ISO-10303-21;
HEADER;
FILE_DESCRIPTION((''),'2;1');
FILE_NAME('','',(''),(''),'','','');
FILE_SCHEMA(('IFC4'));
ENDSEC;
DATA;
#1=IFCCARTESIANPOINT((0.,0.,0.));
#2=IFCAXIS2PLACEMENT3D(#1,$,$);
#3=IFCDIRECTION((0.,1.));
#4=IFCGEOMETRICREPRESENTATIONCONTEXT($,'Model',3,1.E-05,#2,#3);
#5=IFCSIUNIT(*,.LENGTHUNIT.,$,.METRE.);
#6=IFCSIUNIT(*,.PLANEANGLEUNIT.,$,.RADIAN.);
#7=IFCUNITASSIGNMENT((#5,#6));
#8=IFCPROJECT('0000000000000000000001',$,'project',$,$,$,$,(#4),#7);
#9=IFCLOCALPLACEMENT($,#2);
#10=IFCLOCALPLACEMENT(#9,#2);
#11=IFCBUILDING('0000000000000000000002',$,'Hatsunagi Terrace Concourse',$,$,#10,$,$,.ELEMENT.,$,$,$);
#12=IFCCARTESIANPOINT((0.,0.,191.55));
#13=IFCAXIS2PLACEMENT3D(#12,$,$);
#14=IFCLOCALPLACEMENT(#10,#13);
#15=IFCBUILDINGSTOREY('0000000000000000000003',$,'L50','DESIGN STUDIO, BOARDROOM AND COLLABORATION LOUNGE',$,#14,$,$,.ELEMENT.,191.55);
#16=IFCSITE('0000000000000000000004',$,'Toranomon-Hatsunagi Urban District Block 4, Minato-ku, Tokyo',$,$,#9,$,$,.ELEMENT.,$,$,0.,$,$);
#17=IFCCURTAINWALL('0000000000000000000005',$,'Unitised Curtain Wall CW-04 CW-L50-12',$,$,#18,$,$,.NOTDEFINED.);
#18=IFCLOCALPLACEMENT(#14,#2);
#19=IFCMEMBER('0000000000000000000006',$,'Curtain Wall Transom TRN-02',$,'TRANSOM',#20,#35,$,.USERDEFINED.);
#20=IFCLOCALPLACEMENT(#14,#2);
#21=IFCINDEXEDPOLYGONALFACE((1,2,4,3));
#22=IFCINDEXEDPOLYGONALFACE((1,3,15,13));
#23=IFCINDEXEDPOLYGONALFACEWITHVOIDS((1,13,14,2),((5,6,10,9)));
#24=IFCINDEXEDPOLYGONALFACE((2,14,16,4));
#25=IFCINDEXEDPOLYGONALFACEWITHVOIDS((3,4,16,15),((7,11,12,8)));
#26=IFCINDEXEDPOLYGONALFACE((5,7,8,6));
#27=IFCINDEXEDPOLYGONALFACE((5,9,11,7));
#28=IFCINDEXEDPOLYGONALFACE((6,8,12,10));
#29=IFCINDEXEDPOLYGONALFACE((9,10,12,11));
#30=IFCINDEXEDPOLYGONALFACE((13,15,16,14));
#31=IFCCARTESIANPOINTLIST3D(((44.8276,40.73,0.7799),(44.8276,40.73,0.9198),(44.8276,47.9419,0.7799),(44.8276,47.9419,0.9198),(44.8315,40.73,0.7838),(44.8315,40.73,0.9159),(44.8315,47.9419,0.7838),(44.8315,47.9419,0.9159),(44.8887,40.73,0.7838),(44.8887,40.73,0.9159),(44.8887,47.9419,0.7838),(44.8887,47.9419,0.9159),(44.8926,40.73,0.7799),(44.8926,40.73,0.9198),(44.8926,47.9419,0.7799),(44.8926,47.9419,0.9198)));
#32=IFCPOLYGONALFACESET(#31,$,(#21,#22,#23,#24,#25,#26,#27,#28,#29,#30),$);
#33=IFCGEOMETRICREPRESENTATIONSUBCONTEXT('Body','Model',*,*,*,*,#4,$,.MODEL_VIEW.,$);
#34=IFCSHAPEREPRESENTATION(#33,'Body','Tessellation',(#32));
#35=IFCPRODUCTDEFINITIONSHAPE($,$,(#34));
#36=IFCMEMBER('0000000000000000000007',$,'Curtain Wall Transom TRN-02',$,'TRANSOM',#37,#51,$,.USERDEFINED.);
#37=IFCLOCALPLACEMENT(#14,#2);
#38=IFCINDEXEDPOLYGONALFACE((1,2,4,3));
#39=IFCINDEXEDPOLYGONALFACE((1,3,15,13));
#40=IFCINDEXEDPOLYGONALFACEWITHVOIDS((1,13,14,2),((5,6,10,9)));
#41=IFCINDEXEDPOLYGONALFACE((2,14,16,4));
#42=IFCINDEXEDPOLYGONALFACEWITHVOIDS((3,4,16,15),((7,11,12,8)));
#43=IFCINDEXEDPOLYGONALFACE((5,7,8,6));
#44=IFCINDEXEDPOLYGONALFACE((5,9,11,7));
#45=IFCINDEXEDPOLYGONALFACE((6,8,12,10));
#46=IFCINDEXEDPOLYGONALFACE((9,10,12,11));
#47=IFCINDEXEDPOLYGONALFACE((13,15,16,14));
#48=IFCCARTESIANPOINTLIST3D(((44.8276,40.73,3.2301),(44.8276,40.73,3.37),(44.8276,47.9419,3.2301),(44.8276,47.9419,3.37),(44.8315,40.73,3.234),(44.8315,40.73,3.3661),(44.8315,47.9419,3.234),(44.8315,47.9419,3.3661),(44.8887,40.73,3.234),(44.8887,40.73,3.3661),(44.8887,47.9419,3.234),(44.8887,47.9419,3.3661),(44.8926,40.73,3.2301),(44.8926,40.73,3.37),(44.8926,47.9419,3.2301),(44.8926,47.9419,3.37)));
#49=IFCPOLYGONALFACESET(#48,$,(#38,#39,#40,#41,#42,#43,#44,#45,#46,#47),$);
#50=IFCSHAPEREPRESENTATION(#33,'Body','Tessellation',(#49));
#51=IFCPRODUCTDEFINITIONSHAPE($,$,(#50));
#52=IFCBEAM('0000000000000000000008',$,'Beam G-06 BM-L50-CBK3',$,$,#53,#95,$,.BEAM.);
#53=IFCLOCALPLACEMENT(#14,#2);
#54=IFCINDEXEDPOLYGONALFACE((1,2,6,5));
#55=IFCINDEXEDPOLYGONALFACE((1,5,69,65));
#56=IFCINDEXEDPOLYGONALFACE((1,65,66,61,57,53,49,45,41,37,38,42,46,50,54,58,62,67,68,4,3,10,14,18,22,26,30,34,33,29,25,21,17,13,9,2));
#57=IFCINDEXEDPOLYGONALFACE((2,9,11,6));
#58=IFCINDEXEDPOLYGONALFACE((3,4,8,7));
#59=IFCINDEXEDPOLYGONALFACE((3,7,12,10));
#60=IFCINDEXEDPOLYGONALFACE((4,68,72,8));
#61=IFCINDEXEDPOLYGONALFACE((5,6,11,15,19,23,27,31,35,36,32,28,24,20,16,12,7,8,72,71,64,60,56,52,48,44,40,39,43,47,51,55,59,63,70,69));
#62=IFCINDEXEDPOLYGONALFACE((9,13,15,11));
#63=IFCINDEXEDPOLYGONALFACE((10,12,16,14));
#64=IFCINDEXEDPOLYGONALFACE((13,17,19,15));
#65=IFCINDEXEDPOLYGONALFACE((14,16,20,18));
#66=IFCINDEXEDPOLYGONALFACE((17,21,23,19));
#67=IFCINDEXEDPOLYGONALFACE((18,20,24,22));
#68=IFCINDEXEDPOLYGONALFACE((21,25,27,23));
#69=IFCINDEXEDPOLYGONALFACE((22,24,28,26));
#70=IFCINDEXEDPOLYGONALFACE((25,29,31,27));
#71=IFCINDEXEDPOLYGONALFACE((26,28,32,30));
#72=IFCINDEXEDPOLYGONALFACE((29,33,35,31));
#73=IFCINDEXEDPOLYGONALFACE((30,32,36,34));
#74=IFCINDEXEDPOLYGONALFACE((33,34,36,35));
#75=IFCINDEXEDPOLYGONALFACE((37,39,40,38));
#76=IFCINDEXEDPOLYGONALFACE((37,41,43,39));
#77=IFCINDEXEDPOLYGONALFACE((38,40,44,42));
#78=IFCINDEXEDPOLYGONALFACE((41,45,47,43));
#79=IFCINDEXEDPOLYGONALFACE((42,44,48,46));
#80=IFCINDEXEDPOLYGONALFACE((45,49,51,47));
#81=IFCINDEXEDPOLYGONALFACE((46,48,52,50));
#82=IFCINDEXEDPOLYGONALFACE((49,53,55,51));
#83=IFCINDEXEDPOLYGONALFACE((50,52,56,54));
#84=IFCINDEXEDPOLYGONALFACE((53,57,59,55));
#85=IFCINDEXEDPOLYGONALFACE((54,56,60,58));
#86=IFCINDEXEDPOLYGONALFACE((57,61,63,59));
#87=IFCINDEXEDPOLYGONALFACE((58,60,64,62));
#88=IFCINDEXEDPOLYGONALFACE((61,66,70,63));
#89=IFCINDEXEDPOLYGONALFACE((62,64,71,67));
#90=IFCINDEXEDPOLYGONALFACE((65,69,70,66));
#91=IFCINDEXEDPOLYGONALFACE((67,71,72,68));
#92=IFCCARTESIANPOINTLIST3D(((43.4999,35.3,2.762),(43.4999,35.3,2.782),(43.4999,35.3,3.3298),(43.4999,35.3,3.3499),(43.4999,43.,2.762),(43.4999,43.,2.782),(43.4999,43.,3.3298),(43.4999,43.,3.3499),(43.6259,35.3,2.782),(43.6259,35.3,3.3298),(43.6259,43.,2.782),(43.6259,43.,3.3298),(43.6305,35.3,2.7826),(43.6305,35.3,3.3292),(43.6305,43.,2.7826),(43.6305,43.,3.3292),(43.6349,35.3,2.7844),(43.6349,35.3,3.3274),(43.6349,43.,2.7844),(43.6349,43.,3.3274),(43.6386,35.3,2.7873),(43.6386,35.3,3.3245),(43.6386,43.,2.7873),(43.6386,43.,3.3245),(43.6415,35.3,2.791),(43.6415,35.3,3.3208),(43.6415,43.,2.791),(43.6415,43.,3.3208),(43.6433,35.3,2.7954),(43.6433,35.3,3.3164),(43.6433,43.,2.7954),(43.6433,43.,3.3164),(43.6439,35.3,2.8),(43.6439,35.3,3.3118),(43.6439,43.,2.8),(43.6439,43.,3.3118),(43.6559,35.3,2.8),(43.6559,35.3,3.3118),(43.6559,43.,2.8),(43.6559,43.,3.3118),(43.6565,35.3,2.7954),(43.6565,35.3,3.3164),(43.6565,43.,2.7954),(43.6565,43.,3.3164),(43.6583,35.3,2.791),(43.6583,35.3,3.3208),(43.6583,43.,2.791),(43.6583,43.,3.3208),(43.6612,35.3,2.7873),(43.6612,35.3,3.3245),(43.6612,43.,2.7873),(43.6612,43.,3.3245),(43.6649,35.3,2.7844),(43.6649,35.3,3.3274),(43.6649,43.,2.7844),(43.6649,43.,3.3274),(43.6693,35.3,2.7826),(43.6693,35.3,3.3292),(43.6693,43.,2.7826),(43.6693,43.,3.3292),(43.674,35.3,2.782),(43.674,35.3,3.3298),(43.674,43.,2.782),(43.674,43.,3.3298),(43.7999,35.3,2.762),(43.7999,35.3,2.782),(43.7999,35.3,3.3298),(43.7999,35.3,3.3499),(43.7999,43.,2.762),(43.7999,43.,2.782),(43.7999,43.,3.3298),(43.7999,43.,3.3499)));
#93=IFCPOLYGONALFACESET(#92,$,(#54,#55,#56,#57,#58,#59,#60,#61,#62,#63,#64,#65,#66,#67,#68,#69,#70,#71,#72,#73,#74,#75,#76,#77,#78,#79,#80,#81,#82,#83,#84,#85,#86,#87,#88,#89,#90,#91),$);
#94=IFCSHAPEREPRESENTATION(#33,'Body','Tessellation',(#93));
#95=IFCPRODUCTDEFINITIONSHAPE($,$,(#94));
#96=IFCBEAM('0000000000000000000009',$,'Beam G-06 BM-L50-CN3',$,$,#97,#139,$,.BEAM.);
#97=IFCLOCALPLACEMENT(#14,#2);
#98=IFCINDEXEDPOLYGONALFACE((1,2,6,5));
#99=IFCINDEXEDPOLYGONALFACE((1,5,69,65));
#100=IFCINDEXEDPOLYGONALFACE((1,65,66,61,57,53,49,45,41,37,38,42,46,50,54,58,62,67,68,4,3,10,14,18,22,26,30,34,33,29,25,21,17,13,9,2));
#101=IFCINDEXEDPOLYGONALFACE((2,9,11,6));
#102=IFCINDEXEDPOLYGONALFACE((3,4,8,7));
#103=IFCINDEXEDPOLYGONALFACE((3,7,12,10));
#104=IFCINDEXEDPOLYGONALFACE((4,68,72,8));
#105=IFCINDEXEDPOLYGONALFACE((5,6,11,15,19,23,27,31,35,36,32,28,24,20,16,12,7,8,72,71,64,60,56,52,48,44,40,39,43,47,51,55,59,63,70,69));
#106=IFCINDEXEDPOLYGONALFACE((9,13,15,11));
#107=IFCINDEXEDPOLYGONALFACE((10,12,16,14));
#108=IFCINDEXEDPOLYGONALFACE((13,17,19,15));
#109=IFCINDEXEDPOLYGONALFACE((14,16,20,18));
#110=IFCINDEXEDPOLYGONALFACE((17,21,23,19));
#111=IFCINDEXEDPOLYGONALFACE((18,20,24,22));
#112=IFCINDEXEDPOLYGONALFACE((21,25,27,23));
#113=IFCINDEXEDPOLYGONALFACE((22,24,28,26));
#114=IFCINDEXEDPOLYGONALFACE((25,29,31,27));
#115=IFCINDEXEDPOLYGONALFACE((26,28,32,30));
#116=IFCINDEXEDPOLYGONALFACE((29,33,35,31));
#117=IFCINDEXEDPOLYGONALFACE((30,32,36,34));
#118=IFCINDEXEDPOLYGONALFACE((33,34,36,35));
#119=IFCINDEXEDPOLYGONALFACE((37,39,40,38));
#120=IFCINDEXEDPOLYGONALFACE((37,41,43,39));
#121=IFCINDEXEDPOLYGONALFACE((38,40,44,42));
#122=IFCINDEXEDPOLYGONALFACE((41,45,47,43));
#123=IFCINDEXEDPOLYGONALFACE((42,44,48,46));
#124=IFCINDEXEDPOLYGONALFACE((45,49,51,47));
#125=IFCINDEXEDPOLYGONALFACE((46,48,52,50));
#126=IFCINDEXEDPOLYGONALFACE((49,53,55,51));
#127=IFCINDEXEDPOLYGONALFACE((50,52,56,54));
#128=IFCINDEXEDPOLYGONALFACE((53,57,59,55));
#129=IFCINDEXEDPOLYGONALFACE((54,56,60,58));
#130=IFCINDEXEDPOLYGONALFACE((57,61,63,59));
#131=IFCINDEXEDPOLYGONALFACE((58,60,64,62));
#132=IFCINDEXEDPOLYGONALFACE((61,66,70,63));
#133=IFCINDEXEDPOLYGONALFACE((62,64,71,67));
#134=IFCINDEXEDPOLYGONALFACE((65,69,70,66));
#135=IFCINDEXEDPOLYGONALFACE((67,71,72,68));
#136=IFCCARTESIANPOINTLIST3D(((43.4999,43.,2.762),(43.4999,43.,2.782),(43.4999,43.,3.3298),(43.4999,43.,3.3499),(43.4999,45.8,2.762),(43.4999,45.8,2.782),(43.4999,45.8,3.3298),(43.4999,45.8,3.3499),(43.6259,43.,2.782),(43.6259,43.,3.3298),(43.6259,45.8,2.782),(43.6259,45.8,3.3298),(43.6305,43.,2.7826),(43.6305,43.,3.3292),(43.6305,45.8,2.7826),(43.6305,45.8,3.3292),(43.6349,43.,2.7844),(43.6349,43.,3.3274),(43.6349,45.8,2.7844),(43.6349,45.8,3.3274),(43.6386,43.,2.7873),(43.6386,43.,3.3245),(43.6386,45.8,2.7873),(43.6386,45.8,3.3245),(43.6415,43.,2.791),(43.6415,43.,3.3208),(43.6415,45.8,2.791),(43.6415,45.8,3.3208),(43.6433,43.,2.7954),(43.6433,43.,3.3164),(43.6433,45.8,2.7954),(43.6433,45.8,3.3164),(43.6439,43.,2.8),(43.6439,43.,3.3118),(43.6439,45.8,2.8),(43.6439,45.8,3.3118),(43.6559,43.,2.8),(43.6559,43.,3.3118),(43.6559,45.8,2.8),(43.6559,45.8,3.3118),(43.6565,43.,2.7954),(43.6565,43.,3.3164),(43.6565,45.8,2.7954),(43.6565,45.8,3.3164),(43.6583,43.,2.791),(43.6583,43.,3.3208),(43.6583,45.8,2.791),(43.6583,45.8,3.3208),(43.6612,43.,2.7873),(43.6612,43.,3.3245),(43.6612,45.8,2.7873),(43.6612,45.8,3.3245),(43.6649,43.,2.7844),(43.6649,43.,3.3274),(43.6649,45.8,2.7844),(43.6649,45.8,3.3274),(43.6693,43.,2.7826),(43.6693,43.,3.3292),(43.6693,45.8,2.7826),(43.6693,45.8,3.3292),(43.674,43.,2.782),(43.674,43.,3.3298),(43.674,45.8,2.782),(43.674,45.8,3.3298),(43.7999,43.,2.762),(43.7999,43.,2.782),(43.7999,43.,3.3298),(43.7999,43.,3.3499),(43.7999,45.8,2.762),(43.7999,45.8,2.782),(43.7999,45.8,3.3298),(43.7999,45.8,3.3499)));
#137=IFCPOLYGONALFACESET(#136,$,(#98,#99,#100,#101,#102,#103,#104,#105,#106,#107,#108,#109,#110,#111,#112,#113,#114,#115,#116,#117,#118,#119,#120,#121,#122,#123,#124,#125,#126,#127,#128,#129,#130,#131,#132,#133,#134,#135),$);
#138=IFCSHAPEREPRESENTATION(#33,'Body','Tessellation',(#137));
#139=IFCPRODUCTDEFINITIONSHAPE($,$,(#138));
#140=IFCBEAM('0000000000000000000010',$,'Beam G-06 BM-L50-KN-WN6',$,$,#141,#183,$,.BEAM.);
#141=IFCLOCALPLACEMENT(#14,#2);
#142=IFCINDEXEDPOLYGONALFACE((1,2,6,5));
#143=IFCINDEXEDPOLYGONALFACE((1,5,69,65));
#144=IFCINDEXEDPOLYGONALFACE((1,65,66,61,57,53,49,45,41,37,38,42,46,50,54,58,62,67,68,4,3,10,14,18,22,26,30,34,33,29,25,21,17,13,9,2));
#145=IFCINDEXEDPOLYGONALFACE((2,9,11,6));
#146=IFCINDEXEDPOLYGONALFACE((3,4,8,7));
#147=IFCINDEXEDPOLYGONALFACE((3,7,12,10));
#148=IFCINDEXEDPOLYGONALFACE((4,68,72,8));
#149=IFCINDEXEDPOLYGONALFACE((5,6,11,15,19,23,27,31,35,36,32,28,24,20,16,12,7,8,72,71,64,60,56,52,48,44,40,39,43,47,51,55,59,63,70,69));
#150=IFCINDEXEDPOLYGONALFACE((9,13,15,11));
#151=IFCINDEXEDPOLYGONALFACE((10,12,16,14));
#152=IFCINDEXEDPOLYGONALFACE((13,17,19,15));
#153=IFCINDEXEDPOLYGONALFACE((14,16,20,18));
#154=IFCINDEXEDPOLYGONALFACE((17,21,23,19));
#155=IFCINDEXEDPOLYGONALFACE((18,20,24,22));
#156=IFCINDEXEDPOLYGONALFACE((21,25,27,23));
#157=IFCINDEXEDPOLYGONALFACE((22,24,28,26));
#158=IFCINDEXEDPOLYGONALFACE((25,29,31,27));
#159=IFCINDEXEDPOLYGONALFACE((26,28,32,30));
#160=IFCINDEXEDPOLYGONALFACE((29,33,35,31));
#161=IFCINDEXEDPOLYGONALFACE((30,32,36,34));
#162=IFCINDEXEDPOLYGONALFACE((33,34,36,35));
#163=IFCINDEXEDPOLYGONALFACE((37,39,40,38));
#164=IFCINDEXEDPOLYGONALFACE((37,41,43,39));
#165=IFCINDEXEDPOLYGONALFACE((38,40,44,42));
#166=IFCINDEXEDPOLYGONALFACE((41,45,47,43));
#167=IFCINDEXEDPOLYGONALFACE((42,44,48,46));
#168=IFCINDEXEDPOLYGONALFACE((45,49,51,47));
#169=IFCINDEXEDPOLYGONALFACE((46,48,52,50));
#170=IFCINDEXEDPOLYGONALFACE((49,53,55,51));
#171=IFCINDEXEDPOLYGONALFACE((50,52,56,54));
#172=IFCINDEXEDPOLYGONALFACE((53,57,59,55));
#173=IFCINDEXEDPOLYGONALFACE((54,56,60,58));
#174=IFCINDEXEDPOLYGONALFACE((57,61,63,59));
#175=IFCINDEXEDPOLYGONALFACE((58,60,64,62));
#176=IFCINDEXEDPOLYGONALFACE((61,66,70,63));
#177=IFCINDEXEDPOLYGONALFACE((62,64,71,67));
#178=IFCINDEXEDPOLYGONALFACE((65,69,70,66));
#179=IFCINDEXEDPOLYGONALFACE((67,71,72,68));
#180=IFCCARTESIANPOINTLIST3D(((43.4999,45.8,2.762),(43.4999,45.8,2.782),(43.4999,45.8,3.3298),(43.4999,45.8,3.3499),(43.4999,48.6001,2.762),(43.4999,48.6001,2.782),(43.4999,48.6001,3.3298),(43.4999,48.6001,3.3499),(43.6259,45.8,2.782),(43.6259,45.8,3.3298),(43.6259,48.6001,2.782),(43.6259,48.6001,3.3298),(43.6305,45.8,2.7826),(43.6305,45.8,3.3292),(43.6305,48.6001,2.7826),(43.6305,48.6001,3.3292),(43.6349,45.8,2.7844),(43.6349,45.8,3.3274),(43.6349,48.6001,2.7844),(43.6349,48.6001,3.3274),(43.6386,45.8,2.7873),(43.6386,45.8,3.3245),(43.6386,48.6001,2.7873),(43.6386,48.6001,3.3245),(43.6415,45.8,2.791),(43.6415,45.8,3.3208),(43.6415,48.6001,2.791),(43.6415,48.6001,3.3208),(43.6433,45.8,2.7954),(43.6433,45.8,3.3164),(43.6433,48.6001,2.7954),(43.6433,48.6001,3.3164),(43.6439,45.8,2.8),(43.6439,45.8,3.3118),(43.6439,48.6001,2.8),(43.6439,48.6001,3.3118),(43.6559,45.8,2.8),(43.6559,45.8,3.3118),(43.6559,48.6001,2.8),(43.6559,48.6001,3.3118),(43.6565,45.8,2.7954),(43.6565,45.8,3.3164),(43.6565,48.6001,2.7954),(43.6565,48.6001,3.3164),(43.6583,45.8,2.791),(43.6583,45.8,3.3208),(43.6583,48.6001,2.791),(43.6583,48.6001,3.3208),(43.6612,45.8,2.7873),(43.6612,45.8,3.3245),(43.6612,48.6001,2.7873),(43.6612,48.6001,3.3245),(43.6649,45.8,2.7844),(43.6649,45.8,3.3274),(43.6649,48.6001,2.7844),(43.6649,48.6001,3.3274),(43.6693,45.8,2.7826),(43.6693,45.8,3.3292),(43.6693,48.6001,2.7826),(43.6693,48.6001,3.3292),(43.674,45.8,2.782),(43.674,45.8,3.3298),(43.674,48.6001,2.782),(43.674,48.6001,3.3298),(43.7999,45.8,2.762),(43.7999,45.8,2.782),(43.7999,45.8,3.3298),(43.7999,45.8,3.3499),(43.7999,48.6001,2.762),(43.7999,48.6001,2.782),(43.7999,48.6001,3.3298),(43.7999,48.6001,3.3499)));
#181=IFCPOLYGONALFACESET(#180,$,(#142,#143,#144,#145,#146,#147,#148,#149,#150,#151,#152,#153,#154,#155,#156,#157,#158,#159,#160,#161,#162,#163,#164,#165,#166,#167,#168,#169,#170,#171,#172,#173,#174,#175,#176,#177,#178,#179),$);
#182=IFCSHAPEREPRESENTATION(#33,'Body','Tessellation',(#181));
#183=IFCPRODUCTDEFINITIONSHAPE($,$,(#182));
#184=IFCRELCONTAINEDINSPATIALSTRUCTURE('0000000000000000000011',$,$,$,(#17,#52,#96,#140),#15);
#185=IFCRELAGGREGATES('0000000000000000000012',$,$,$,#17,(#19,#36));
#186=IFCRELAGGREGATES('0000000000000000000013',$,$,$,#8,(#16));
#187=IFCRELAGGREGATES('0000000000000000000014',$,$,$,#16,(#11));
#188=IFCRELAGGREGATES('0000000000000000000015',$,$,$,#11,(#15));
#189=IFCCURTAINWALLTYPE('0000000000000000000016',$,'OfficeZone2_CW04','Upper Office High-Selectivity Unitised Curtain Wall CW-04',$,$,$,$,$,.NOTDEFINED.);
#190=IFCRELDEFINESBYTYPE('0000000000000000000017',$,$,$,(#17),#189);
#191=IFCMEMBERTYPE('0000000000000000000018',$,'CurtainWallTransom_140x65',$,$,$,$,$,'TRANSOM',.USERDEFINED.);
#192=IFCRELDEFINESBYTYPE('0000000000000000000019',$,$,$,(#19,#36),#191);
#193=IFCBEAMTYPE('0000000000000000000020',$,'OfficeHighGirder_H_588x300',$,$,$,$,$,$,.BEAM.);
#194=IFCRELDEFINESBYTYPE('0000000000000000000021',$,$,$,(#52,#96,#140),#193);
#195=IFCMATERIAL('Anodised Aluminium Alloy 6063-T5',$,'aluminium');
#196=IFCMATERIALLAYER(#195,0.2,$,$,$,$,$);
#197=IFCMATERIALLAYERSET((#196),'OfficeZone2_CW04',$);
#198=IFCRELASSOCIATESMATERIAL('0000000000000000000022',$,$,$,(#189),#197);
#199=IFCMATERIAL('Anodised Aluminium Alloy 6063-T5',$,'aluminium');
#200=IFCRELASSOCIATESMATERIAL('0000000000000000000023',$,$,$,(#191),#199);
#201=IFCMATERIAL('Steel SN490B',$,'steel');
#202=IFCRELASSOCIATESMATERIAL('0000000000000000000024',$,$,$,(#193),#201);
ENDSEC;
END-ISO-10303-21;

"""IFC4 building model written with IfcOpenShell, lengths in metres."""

from ifc_helpers import new_model, si_unit, direction, frame, origin, origin_2d, place, context, subcontext, project, spatial, hollow_rectangle, i_section, extrude, material, layer, layer_set, material_profile, profile_set, type_object, element, aggregate, save


model = new_model("IFC4")

# Units and contexts
model_context = context("Model", 3, precision=1e-05, world=origin(), true_north=direction((0.0, 1.0)))
body_context = subcontext(model_context, "Body", "Model", "MODEL_VIEW")
ifc_project = project(units=[si_unit("LENGTHUNIT", "METRE"), si_unit("PLANEANGLEUNIT", "RADIAN")], contexts=[model_context])

# Site, building, storey
site_placement = place(None, origin())
site = spatial("IfcSite", under=ifc_project, at=site_placement, Name="Toranomon-Hatsunagi Urban District Block 4, Minato-ku, Tokyo", CompositionType="ELEMENT", RefElevation=0.0)
building_placement = place(site_placement, origin())
building = spatial("IfcBuilding", under=site, at=building_placement, Name="Hatsunagi Terrace Concourse", CompositionType="ELEMENT")
storey_placement = place(building_placement, frame((0.0, 0.0, 191.55)))
storey = spatial("IfcBuildingStorey", under=building, at=storey_placement, Name="L50", Description="DESIGN STUDIO, BOARDROOM AND COLLABORATION LOUNGE", CompositionType="ELEMENT", Elevation=191.55)

# Curtain wall
ifc_material_1 = material(Name="Anodised Aluminium Alloy 6063-T5", Category="aluminium")
ifc_layer_1 = layer(ifc_material_1, 0.2)
ifc_layer_set_1 = layer_set([ifc_layer_1], Name="OfficeZone2_CW04")
curtain_wall_type = type_object("IfcCurtainWallType", Name="OfficeZone2_CW04", Description="Upper Office High-Selectivity Unitised Curtain Wall CW-04", PredefinedType="NOTDEFINED", material=ifc_layer_set_1)
curtain_wall_1_placement = place(storey_placement, origin())
curtain_wall_1 = element("IfcCurtainWall", 1, at=curtain_wall_1_placement, inside=storey, type_object=curtain_wall_type, Name="Unitised Curtain Wall CW-04 CW-L50-12", PredefinedType="NOTDEFINED")

# Shared definitions
ifc_material_2 = material(Name="Anodised Aluminium Alloy 6063-T5", Category="aluminium")
ifc_material_profile_1 = material_profile(ifc_material_2, hollow_rectangle(XDim=0.0649, YDim=0.1399, WallThickness=0.0039, at=origin_2d()), Name="ALU-TRN-140x65x4")
ifc_profile_set_1 = profile_set([ifc_material_profile_1], Name="Anodised Aluminium Alloy 6063-T5")
member_type_1 = type_object("IfcMemberType", Name="CurtainWallTransom_140x65", ElementType="TRANSOM", PredefinedType="USERDEFINED", material=ifc_profile_set_1)

# Members
member_1_placement = place(storey_placement, frame((44.8601, 47.9419, 0.8499), z_axis=(0.0, -1.0, 0.0), x_axis=(1.0, 0.0, 0.0)))
member_1 = element("IfcMember", 2, at=member_1_placement, type_object=member_type_1, Name="Curtain Wall Transom TRN-02", ObjectType="TRANSOM", PredefinedType="USERDEFINED", context=body_context, shape_type="SweptSolid", body=[
    extrude(hollow_rectangle(XDim=0.0649, YDim=0.1399, WallThickness=0.0039, at=origin_2d()), origin(), (0.0, 0.0, 1.0), 7.2119),
])
member_2_placement = place(storey_placement, frame((44.8601, 47.9419, 3.3), z_axis=(0.0, -1.0, 0.0), x_axis=(1.0, 0.0, 0.0)))
member_2 = element("IfcMember", 3, at=member_2_placement, type_object=member_type_1, Name="Curtain Wall Transom TRN-02", ObjectType="TRANSOM", PredefinedType="USERDEFINED", context=body_context, shape_type="SweptSolid", body=[
    extrude(hollow_rectangle(XDim=0.0649, YDim=0.1399, WallThickness=0.0039, at=origin_2d()), origin(), (0.0, 0.0, 1.0), 7.2119),
])

# Beams
ifc_material_3 = material(Name="Steel SN490B", Category="steel")
ifc_material_profile_2 = material_profile(ifc_material_3, i_section(OverallWidth=0.3, OverallDepth=0.5879, WebThickness=0.012, FlangeThickness=0.02, FilletRadius=0.0181, at=origin_2d()), Name="H-588x300x12x20")
ifc_profile_set_2 = profile_set([ifc_material_profile_2], Name="Steel SN490B")
beam_type_1 = type_object("IfcBeamType", Name="OfficeHighGirder_H_588x300", PredefinedType="BEAM", material=ifc_profile_set_2)
beam_1_placement = place(storey_placement, frame((43.6499, 35.3, 3.0559), z_axis=(0.0, 1.0, 0.0), x_axis=(-1.0, 0.0, 0.0)))
element("IfcBeam", 4, at=beam_1_placement, inside=storey, type_object=beam_type_1, Name="Beam G-06 BM-L50-CBK3", PredefinedType="BEAM", context=body_context, shape_type="SweptSolid", body=[
    extrude(i_section(OverallWidth=0.3, OverallDepth=0.5879, WebThickness=0.012, FlangeThickness=0.02, FilletRadius=0.0181, at=origin_2d()), origin(), (0.0, 0.0, 1.0), 7.7),
])
for number, where, z_axis, x_axis, name in (
    (5, (43.6499, 43.0, 3.0559), (0.0, 1.0, 0.0), (-1.0, 0.0, 0.0), "Beam G-06 BM-L50-CN3"),
    (6, (43.6499, 45.8, 3.0559), (0.0, 1.0, 0.0), (-1.0, 0.0, 0.0), "Beam G-06 BM-L50-KN-WN6"),
):
    element("IfcBeam", number, at=place(storey_placement, frame(where, z_axis=z_axis, x_axis=x_axis)), inside=storey, type_object=beam_type_1, Name=name, PredefinedType="BEAM", context=body_context, shape_type="SweptSolid", body=[
        extrude(i_section(OverallWidth=0.3, OverallDepth=0.5879, WebThickness=0.012, FlangeThickness=0.02, FilletRadius=0.0181, at=origin_2d()), origin(), (0.0, 0.0, 1.0), 2.8),
    ])

aggregate(curtain_wall_1, [member_1, member_2])

save(model, "model.ifc")
